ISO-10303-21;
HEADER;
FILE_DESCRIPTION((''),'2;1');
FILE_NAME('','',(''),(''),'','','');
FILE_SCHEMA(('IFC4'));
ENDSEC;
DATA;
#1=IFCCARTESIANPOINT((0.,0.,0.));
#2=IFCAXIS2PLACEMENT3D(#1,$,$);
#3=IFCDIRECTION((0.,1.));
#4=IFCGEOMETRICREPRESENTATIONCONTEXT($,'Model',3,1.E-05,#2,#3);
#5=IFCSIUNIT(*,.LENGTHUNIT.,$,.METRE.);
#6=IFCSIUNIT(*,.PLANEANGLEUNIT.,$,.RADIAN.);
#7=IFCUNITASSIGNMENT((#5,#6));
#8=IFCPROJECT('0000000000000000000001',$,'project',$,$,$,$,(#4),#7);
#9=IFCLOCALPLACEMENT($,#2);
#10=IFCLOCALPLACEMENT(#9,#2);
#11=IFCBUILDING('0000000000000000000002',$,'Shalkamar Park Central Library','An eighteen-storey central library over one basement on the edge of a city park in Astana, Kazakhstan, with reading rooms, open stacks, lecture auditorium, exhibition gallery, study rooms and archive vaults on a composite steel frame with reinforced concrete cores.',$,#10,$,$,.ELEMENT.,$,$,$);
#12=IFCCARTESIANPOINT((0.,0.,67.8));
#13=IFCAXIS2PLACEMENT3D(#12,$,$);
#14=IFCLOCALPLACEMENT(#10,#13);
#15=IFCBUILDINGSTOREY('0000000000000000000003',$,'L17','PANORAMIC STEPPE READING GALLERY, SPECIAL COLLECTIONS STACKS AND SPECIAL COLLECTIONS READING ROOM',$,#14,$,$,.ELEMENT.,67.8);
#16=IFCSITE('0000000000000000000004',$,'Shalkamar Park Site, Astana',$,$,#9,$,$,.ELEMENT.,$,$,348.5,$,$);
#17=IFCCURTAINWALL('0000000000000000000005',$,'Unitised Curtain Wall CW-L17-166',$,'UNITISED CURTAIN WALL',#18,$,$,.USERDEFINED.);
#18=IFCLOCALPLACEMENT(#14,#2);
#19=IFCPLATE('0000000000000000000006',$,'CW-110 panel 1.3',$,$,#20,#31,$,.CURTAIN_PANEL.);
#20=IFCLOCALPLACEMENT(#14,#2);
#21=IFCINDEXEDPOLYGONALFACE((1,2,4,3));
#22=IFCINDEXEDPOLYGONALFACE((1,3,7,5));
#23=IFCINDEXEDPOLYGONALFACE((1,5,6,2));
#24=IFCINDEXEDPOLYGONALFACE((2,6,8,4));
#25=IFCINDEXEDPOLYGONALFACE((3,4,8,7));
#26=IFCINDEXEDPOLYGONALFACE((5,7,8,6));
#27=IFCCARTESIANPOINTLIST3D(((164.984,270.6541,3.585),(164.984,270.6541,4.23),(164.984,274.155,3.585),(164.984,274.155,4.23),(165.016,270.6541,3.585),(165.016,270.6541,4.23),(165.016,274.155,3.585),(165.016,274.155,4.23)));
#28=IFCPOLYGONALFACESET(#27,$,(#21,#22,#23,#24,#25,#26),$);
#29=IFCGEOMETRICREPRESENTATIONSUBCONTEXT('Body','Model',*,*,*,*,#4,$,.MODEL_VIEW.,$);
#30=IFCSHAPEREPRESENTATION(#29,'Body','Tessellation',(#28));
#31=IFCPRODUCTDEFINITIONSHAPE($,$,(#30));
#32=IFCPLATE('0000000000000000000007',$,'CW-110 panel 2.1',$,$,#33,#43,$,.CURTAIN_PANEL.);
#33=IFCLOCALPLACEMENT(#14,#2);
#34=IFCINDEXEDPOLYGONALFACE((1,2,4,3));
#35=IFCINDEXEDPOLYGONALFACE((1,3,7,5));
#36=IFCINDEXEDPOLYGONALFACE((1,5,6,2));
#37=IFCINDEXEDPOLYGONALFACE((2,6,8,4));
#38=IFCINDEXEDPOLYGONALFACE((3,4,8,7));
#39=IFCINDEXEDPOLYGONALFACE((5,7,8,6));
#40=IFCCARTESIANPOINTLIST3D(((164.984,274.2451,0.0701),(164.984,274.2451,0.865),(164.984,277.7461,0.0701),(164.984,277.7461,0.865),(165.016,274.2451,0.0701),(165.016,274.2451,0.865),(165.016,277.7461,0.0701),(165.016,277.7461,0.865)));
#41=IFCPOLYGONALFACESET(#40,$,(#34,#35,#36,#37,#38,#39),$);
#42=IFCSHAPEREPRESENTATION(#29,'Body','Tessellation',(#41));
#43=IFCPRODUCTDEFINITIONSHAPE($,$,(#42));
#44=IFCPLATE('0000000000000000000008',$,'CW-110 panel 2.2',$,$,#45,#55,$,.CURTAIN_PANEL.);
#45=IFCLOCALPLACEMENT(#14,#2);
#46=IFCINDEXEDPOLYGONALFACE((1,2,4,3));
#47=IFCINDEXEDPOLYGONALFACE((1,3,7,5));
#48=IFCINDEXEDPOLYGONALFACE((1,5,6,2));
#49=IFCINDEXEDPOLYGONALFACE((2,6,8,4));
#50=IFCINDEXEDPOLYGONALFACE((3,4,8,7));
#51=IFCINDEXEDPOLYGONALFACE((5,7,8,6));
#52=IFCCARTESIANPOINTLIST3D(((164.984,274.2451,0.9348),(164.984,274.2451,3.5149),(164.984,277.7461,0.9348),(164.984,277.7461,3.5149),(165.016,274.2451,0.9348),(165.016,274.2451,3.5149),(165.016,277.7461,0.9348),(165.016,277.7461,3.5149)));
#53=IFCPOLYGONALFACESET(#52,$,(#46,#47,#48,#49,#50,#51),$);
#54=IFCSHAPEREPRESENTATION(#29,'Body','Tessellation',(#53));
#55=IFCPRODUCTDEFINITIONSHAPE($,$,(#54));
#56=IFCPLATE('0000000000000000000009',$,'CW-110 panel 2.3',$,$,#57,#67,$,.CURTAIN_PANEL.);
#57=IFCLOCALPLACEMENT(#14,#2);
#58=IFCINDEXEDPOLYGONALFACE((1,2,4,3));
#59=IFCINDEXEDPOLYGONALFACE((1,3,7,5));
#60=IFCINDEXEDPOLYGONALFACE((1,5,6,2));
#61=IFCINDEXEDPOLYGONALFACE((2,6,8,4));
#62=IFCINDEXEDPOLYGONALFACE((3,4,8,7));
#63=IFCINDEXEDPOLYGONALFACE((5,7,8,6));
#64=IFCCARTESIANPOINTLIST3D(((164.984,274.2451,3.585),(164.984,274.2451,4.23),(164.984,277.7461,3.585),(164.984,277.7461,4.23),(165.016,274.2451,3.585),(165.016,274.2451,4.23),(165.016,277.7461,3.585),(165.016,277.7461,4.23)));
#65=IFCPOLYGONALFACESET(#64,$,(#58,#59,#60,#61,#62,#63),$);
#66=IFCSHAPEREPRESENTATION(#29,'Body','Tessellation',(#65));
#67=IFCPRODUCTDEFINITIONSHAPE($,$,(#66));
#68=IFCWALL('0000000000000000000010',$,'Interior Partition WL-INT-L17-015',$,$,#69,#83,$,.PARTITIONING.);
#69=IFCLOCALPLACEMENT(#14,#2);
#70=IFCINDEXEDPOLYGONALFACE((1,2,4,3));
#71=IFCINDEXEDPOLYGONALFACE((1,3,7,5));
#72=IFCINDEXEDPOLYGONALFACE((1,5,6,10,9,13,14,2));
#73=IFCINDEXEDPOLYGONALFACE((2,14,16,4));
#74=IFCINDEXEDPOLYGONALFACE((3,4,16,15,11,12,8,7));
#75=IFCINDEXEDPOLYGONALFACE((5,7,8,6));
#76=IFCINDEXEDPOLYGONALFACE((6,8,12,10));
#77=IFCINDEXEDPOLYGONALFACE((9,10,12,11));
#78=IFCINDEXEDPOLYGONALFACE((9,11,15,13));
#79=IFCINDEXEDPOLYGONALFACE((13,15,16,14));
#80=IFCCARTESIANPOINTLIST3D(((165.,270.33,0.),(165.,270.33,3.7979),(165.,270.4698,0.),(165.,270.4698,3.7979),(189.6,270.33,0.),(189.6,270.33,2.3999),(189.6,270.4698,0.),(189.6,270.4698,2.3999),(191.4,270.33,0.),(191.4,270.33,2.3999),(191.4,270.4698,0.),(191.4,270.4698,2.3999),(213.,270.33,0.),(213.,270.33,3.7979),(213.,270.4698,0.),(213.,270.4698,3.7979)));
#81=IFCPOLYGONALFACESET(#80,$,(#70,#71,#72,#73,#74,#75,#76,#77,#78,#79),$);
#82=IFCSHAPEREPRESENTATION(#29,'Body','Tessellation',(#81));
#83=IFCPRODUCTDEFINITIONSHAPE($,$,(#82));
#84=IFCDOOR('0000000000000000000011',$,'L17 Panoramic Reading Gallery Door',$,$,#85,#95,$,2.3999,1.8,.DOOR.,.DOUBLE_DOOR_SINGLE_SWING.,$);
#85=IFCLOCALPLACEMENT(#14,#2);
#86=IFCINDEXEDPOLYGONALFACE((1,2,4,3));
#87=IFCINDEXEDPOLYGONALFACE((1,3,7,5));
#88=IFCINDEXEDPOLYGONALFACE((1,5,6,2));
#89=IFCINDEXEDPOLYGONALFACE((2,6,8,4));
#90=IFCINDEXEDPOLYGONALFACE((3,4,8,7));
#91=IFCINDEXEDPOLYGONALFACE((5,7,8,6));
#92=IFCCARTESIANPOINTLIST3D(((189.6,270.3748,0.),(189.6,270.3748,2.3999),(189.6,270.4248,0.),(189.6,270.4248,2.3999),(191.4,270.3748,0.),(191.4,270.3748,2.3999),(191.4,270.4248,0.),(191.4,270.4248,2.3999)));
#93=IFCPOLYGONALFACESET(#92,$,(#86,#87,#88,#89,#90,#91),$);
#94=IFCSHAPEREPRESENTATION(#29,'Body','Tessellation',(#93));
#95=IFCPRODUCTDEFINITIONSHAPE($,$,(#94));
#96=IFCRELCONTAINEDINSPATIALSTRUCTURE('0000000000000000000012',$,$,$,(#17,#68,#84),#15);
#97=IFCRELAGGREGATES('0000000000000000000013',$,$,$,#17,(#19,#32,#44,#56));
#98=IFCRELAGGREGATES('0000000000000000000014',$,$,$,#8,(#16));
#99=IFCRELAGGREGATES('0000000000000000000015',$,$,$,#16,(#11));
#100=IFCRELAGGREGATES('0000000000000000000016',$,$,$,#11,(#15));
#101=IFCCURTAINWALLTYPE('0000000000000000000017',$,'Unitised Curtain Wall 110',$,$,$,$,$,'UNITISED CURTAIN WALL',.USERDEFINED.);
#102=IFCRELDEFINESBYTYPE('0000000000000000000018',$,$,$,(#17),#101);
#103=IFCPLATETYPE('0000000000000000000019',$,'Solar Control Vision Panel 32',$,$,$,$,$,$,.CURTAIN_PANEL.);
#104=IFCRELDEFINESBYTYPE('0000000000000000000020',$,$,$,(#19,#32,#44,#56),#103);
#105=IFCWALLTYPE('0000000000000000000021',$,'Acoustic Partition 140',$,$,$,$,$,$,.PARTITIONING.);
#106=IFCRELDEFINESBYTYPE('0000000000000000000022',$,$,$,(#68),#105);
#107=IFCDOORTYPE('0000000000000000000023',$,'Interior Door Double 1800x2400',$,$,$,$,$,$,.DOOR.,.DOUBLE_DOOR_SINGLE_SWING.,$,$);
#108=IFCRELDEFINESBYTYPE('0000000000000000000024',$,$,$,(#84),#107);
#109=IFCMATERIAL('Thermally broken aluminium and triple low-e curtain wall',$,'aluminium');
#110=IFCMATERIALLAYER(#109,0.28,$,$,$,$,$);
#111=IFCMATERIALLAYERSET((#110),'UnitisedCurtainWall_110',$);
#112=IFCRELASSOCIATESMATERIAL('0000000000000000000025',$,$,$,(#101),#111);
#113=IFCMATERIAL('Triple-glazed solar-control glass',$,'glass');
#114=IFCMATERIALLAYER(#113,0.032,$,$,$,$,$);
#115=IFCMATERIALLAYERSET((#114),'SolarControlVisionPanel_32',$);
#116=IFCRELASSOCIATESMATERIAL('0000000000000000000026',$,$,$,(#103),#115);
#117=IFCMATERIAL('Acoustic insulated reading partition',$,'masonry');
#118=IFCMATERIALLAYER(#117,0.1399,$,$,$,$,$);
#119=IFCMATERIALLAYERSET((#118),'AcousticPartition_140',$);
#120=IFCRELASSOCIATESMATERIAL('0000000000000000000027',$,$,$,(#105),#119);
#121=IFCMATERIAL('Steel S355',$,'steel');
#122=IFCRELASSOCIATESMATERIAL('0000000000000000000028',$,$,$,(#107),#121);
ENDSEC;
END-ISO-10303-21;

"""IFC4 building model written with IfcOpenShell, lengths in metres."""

from ifc_helpers import new_model, si_unit, direction, frame, frame_2d, origin, origin_2d, place, context, subcontext, project, spatial, rectangle, extrude, material, layer, layer_set, type_object, element, fill, aggregate, save


model = new_model("IFC4")

# Units and contexts
model_context = context("Model", 3, precision=1e-05, world=origin(), true_north=direction((0.0, 1.0)))
body_context = subcontext(model_context, "Body", "Model", "MODEL_VIEW")
ifc_project = project(units=[si_unit("LENGTHUNIT", "METRE"), si_unit("PLANEANGLEUNIT", "RADIAN")], contexts=[model_context])

# Site, building, storey
site_placement = place(None, origin())
site = spatial("IfcSite", under=ifc_project, at=site_placement, Name="Shalkamar Park Site, Astana", CompositionType="ELEMENT", RefElevation=348.5)
building_placement = place(site_placement, origin())
building = spatial("IfcBuilding", under=site, at=building_placement, Name="Shalkamar Park Central Library", Description="An eighteen-storey central library over one basement on the edge of a city park in Astana, Kazakhstan, with reading rooms, open stacks, lecture auditorium, exhibition gallery, study rooms and archive vaults on a composite steel frame with reinforced concrete cores.", CompositionType="ELEMENT")
storey_placement = place(building_placement, frame((0.0, 0.0, 67.8)))
storey = spatial("IfcBuildingStorey", under=building, at=storey_placement, Name="L17", Description="PANORAMIC STEPPE READING GALLERY, SPECIAL COLLECTIONS STACKS AND SPECIAL COLLECTIONS READING ROOM", CompositionType="ELEMENT", Elevation=67.8)

# Shared definitions
ifc_material_1 = material(Name="Steel S355", Category="steel")

# Curtain wall
ifc_material_2 = material(Name="Thermally broken aluminium and triple low-e curtain wall", Category="aluminium")
ifc_layer_1 = layer(ifc_material_2, 0.28)
ifc_layer_set_1 = layer_set([ifc_layer_1], Name="UnitisedCurtainWall_110")
curtain_wall_type = type_object("IfcCurtainWallType", Name="Unitised Curtain Wall 110", ElementType="UNITISED CURTAIN WALL", PredefinedType="USERDEFINED", material=ifc_layer_set_1)
curtain_wall_placement = place(storey_placement, origin())
curtain_wall = element("IfcCurtainWall", 1, at=curtain_wall_placement, inside=storey, type_object=curtain_wall_type, Name="Unitised Curtain Wall CW-L17-166", ObjectType="UNITISED CURTAIN WALL", PredefinedType="USERDEFINED")

# Plates
ifc_material_3 = material(Name="Triple-glazed solar-control glass", Category="glass")
ifc_layer_2 = layer(ifc_material_3, 0.032)
ifc_layer_set_2 = layer_set([ifc_layer_2], Name="SolarControlVisionPanel_32")
plate_type = type_object("IfcPlateType", Name="Solar Control Vision Panel 32", PredefinedType="CURTAIN_PANEL", material=ifc_layer_set_2)
plate_1_placement = place(storey_placement, frame((165.0, 272.4045, 3.585), z_axis=(0.0, 0.0, 1.0), x_axis=(0.0, 1.0, 0.0)))
plate_1 = element("IfcPlate", 2, at=plate_1_placement, type_object=plate_type, Name="CW-110 panel 1.3", PredefinedType="CURTAIN_PANEL", context=body_context, shape_type="SweptSolid", body=[
    extrude(rectangle(XDim=3.501, YDim=0.032, at=origin_2d()), origin(), (0.0, 0.0, 1.0), 0.645),
])
plate_2_placement = place(storey_placement, frame((165.0, 275.9956, 0.0701), z_axis=(0.0, 0.0, 1.0), x_axis=(0.0, 1.0, 0.0)))
plate_2 = element("IfcPlate", 3, at=plate_2_placement, type_object=plate_type, Name="CW-110 panel 2.1", PredefinedType="CURTAIN_PANEL", context=body_context, shape_type="SweptSolid", body=[
    extrude(rectangle(XDim=3.501, YDim=0.032, at=origin_2d()), origin(), (0.0, 0.0, 1.0), 0.7949),
])
plate_3_placement = place(storey_placement, frame((165.0, 275.9956, 0.9348), z_axis=(0.0, 0.0, 1.0), x_axis=(0.0, 1.0, 0.0)))
plate_3 = element("IfcPlate", 4, at=plate_3_placement, type_object=plate_type, Name="CW-110 panel 2.2", PredefinedType="CURTAIN_PANEL", context=body_context, shape_type="SweptSolid", body=[
    extrude(rectangle(XDim=3.501, YDim=0.032, at=origin_2d()), origin(), (0.0, 0.0, 1.0), 2.5801),
])
plate_4_placement = place(storey_placement, frame((165.0, 275.9956, 3.585), z_axis=(0.0, 0.0, 1.0), x_axis=(0.0, 1.0, 0.0)))
plate_4 = element("IfcPlate", 5, at=plate_4_placement, type_object=plate_type, Name="CW-110 panel 2.3", PredefinedType="CURTAIN_PANEL", context=body_context, shape_type="SweptSolid", body=[
    extrude(rectangle(XDim=3.501, YDim=0.032, at=origin_2d()), origin(), (0.0, 0.0, 1.0), 0.645),
])
aggregate(curtain_wall, [plate_1, plate_2, plate_3, plate_4])

# Wall, opening, door
ifc_material_4 = material(Name="Acoustic insulated reading partition", Category="masonry")
ifc_layer_3 = layer(ifc_material_4, 0.1399)
ifc_layer_set_3 = layer_set([ifc_layer_3], Name="AcousticPartition_140")
wall_type = type_object("IfcWallType", Name="Acoustic Partition 140", PredefinedType="PARTITIONING", material=ifc_layer_set_3)
wall_placement = place(storey_placement, frame((165.0, 270.3999, 0.0), z_axis=(0.0, 0.0, 1.0), x_axis=(1.0, 0.0, 0.0)))
wall = element("IfcWall", 6, at=wall_placement, inside=storey, type_object=wall_type, Name="Interior Partition WL-INT-L17-015", PredefinedType="PARTITIONING", context=body_context, shape_type="SweptSolid", body=[
    extrude(rectangle(XDim=48.0, YDim=0.1399, at=frame_2d((24.0, 0.0))), origin(), (0.0, 0.0, 1.0), 3.7979),
])
opening_placement = place(wall_placement, frame((24.6001, 0.0, 0.0)))
opening = element("IfcOpeningElement", 7, at=opening_placement, cuts=wall, PredefinedType="OPENING", context=body_context, shape_type="SweptSolid", body=[
    extrude(rectangle(XDim=1.8, YDim=2.3999, at=frame_2d((0.8999, 1.2))), frame((0.0, 0.085, 0.0), z_axis=(0.0, -1.0, 0.0), x_axis=(1.0, 0.0, 0.0)), (0.0, 0.0, 1.0), 0.1697),
])
door_type = type_object("IfcDoorType", Name="Interior Door Double 1800x2400", OperationType="DOUBLE_DOOR_SINGLE_SWING", PredefinedType="DOOR", material=ifc_material_1)
door_placement = place(opening_placement, origin())
door = element("IfcDoor", 8, at=door_placement, inside=storey, type_object=door_type, Name="L17 Panoramic Reading Gallery Door", OperationType="DOUBLE_DOOR_SINGLE_SWING", OverallHeight=2.3999, OverallWidth=1.8, PredefinedType="DOOR", context=body_context, shape_type="SweptSolid", body=[
    extrude(rectangle(XDim=1.8, YDim=2.3999, at=frame_2d((0.8999, 1.2))), frame((0.0, 0.0249, 0.0), z_axis=(0.0, -1.0, 0.0), x_axis=(1.0, 0.0, 0.0)), (0.0, 0.0, 1.0), 0.05),
])
fill(opening, door)

save(model, "model.ifc")
